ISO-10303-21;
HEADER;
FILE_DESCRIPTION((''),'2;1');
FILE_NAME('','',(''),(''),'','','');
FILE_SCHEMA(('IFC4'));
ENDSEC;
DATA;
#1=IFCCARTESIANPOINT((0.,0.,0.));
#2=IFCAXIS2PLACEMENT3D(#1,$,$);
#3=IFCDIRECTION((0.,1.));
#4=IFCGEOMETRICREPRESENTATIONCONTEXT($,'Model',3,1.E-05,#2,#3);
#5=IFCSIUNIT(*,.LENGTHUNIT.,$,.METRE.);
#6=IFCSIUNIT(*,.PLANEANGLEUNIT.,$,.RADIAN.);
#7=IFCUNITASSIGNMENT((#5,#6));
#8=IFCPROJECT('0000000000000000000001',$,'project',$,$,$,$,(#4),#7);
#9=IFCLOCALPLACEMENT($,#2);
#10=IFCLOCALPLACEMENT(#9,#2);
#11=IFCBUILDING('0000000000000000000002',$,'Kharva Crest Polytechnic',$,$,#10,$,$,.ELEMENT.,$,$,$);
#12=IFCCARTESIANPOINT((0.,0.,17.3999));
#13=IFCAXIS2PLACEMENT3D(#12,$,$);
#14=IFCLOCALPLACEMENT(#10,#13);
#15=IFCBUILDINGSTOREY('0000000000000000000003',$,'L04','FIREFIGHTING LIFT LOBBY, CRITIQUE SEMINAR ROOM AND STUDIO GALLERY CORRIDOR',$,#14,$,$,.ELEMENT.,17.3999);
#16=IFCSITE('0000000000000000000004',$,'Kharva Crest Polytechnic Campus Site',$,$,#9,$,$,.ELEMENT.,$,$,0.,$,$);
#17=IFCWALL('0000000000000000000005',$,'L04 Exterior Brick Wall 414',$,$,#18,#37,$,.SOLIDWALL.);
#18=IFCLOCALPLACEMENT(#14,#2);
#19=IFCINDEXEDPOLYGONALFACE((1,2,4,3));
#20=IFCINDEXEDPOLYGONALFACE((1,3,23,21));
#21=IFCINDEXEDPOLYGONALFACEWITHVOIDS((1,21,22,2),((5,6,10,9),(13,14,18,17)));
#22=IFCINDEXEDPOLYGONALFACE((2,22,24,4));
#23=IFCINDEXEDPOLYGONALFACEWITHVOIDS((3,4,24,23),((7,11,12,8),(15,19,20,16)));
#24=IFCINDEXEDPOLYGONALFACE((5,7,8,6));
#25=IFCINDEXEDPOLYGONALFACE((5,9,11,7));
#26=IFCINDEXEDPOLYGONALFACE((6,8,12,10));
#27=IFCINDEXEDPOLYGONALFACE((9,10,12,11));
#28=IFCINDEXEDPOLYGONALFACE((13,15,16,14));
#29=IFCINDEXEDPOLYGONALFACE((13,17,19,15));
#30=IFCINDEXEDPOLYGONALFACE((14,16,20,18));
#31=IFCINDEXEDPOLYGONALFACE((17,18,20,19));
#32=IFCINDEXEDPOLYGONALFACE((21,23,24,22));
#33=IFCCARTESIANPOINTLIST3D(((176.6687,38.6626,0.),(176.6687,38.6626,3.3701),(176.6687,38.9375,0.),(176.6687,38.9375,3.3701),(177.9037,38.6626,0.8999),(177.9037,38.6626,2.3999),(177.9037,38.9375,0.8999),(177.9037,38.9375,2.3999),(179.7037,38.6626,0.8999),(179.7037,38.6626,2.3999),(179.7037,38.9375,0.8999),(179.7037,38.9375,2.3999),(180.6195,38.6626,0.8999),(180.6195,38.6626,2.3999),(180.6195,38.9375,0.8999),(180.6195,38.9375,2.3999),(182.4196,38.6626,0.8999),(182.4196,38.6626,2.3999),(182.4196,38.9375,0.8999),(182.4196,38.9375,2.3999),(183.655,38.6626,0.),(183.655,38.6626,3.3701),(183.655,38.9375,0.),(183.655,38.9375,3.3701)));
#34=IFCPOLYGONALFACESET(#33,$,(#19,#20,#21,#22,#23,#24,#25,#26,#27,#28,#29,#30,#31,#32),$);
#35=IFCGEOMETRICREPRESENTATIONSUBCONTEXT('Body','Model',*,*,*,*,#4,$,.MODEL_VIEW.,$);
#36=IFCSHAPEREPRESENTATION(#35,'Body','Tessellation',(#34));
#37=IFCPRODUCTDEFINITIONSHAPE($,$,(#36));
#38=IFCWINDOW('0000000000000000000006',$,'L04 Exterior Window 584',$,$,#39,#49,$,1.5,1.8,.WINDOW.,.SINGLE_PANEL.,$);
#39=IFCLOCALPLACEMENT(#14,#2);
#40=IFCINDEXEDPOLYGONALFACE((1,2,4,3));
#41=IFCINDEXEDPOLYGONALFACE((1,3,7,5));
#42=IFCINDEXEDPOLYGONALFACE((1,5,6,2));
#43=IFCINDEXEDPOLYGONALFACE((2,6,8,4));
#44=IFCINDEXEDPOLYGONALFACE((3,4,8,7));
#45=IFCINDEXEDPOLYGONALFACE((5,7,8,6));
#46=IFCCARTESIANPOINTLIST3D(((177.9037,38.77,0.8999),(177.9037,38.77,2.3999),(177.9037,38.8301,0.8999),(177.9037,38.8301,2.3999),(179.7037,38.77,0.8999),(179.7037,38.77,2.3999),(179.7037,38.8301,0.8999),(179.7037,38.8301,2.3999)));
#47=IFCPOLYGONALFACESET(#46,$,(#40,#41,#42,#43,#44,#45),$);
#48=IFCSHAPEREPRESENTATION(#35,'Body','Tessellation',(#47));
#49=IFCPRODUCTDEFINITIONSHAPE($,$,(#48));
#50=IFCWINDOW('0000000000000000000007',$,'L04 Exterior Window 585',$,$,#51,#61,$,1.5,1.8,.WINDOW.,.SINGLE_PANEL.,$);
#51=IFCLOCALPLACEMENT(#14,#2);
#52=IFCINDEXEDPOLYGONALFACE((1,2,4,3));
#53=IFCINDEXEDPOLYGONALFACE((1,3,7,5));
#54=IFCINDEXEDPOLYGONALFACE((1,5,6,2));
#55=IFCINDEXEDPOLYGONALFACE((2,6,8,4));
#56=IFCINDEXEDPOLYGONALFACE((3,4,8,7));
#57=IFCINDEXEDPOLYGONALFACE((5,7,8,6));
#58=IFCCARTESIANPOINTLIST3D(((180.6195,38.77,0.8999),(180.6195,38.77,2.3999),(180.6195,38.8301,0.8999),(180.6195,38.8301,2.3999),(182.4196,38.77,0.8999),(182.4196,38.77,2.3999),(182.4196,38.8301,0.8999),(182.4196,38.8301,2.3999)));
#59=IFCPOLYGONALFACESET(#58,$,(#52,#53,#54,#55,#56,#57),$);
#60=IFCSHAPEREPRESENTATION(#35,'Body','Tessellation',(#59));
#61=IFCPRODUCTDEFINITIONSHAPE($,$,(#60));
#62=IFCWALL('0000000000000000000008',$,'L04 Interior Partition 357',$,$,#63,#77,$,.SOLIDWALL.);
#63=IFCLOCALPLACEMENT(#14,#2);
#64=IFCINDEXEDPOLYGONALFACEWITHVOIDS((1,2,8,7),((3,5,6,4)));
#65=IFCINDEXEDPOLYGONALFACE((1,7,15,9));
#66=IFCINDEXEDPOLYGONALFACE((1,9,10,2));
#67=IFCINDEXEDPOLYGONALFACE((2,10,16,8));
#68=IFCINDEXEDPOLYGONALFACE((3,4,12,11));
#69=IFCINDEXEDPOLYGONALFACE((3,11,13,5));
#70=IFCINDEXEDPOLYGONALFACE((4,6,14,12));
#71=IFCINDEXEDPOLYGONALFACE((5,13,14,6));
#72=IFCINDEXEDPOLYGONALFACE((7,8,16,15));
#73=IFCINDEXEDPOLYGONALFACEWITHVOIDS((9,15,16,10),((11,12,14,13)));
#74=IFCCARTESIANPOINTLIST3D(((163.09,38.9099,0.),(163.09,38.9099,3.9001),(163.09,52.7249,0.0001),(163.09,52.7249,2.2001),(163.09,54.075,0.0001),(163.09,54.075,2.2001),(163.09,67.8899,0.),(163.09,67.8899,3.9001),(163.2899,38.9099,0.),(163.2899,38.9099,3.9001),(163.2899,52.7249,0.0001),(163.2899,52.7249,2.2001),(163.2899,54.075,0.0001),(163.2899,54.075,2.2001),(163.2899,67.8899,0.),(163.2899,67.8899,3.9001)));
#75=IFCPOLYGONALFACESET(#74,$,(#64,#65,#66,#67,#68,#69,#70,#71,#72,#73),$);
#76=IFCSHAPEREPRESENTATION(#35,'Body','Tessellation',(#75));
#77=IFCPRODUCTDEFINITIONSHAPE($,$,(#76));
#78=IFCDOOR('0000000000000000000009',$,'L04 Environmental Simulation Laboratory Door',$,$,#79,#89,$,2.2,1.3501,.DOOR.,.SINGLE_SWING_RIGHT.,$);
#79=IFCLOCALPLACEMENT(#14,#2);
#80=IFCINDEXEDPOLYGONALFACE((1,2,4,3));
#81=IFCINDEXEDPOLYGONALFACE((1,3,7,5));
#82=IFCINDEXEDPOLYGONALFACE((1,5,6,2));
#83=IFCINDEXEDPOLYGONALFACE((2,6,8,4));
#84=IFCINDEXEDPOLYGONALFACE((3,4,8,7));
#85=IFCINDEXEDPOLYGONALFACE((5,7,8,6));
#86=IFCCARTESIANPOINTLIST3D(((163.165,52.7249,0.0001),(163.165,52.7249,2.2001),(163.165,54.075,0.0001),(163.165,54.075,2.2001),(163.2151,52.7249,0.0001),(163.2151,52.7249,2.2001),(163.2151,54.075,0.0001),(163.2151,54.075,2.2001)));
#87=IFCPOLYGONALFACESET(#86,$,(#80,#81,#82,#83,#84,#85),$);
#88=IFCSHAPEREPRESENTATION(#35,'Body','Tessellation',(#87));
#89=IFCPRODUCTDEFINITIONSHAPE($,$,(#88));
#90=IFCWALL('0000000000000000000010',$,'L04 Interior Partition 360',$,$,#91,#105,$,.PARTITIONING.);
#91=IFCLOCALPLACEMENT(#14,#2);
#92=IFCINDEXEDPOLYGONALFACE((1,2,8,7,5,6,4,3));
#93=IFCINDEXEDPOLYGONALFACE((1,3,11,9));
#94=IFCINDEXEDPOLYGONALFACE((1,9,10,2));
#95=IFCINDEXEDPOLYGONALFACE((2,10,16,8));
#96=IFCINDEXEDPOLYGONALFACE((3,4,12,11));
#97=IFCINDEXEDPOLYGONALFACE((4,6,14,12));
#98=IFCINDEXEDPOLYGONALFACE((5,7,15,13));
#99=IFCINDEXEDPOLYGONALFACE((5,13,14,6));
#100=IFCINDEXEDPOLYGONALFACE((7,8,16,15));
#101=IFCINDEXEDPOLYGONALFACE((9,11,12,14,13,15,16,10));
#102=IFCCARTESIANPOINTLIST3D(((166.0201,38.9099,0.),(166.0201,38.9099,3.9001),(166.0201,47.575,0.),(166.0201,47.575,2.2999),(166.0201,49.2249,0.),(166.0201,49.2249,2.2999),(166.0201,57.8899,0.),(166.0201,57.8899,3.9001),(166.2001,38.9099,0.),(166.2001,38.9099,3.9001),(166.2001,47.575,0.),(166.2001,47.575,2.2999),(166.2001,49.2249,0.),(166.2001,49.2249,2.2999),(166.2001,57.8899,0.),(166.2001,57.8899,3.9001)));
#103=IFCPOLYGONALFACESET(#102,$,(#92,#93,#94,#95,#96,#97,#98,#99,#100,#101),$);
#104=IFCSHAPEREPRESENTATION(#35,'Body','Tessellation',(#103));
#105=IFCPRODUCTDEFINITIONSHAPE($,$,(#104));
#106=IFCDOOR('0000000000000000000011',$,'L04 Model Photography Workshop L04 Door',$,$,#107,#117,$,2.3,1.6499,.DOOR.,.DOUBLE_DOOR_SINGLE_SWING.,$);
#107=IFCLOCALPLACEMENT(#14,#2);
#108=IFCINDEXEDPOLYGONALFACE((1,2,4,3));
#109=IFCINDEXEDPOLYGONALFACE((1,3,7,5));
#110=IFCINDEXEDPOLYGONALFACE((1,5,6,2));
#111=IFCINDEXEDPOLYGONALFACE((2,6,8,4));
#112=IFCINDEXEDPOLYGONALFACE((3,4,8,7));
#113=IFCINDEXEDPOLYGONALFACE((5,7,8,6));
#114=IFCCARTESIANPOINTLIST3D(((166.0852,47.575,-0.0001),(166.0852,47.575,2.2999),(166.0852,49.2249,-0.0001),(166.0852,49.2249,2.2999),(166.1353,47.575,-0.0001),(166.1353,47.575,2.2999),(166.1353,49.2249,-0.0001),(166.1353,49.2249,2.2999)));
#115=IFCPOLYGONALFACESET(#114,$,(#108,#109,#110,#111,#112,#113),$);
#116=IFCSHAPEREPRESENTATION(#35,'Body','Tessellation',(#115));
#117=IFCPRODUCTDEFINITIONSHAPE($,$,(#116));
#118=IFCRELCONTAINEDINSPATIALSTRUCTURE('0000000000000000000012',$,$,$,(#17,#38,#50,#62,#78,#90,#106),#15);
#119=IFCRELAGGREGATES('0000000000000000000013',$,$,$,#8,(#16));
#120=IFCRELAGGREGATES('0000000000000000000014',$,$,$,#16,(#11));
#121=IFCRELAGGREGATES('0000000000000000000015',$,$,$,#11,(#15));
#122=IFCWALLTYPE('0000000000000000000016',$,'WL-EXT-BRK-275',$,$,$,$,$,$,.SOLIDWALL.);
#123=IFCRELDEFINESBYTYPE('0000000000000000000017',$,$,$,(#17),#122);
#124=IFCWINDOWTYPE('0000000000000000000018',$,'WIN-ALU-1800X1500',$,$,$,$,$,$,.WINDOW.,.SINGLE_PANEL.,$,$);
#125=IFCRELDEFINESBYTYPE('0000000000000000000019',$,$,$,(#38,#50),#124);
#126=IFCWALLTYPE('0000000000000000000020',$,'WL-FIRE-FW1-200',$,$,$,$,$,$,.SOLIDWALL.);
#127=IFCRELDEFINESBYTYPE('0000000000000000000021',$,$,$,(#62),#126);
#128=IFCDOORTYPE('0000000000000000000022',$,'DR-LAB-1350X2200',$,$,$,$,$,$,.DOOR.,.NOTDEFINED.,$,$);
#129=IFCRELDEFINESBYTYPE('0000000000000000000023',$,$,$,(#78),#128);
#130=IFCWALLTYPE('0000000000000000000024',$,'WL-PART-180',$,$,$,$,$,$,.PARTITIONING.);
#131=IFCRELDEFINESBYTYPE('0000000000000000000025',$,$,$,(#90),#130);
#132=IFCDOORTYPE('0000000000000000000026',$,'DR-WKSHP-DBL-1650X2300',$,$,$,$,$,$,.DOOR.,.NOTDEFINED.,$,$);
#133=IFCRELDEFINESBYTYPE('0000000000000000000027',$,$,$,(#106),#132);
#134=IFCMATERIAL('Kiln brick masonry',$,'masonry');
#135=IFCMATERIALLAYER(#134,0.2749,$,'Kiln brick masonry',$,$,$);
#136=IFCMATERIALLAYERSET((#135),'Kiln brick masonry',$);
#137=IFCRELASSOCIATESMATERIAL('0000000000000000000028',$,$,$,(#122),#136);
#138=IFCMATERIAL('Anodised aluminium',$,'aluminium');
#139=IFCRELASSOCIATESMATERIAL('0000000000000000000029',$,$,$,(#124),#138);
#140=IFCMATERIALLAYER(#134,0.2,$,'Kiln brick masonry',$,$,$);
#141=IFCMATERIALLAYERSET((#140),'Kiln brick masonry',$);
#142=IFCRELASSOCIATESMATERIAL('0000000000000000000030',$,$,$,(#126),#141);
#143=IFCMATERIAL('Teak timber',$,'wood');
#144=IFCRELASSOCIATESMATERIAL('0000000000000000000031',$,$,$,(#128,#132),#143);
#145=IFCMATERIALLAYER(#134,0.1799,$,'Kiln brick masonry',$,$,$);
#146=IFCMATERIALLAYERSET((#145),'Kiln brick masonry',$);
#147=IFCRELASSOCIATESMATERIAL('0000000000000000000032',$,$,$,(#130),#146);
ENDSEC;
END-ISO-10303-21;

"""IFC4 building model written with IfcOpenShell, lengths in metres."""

from ifc_helpers import new_model, si_unit, direction, frame, frame_2d, origin, place, context, subcontext, project, spatial, rectangle, extrude, material, layer, layer_set, type_object, element, fill, save


model = new_model("IFC4")

# Units and contexts
model_context = context("Model", 3, precision=1e-05, world=origin(), true_north=direction((0.0, 1.0)))
body_context = subcontext(model_context, "Body", "Model", "MODEL_VIEW")
ifc_project = project(units=[si_unit("LENGTHUNIT", "METRE"), si_unit("PLANEANGLEUNIT", "RADIAN")], contexts=[model_context])

# Site, building, storey
site_placement = place(None, origin())
site = spatial("IfcSite", under=ifc_project, at=site_placement, Name="Kharva Crest Polytechnic Campus Site", CompositionType="ELEMENT", RefElevation=0.0)
building_placement = place(site_placement, origin())
building = spatial("IfcBuilding", under=site, at=building_placement, Name="Kharva Crest Polytechnic", CompositionType="ELEMENT")
storey_placement = place(building_placement, frame((0.0, 0.0, 17.3999)))
storey = spatial("IfcBuildingStorey", under=building, at=storey_placement, Name="L04", Description="FIREFIGHTING LIFT LOBBY, CRITIQUE SEMINAR ROOM AND STUDIO GALLERY CORRIDOR", CompositionType="ELEMENT", Elevation=17.3999)

# Wall, openings, windows
ifc_material_1 = material(Name="Kiln brick masonry", Category="masonry")
ifc_material_2 = material(Name="Anodised aluminium", Category="aluminium")
ifc_layer_1 = layer(ifc_material_1, 0.2749, Name="Kiln brick masonry")
ifc_layer_set_1 = layer_set([ifc_layer_1], Name="Kiln brick masonry")
wall_type_1 = type_object("IfcWallType", Name="WL-EXT-BRK-275", PredefinedType="SOLIDWALL", material=ifc_layer_set_1)
wall_1_placement = place(storey_placement, frame((176.6687, 38.8, 0.0), z_axis=(0.0, 0.0, 1.0), x_axis=(1.0, 0.0, 0.0)))
wall_1 = element("IfcWall", 1, at=wall_1_placement, inside=storey, type_object=wall_type_1, Name="L04 Exterior Brick Wall 414", PredefinedType="SOLIDWALL", context=body_context, shape_type="SweptSolid", body=[
    extrude(rectangle(XDim=6.9863, YDim=0.2749, at=frame_2d((3.4932, 0.0))), origin(), (0.0, 0.0, 1.0), 3.3701),
])
opening_1_placement = place(wall_1_placement, frame((1.2351, 0.0, 0.8999)))
opening_1 = element("IfcOpeningElement", 2, at=opening_1_placement, cuts=wall_1, PredefinedType="OPENING", context=body_context, shape_type="SweptSolid", body=[
    extrude(rectangle(XDim=1.8, YDim=1.5, at=frame_2d((0.8999, 0.75))), frame((0.0, 0.1475, 0.0), z_axis=(0.0, -1.0, 0.0), x_axis=(1.0, 0.0, 0.0)), (0.0, 0.0, 1.0), 0.2949),
])
opening_2_placement = place(wall_1_placement, frame((3.9509, 0.0, 0.8999)))
opening_2 = element("IfcOpeningElement", 3, at=opening_2_placement, cuts=wall_1, PredefinedType="OPENING", context=body_context, shape_type="SweptSolid", body=[
    extrude(rectangle(XDim=1.8, YDim=1.5, at=frame_2d((0.8999, 0.75))), frame((0.0, 0.1475, 0.0), z_axis=(0.0, -1.0, 0.0), x_axis=(1.0, 0.0, 0.0)), (0.0, 0.0, 1.0), 0.2949),
])
window_type_1 = type_object("IfcWindowType", Name="WIN-ALU-1800X1500", PartitioningType="SINGLE_PANEL", PredefinedType="WINDOW", material=ifc_material_2)
window_1_placement = place(opening_1_placement, origin())
window_1 = element("IfcWindow", 4, at=window_1_placement, inside=storey, type_object=window_type_1, Name="L04 Exterior Window 584", OverallHeight=1.5, OverallWidth=1.8, PartitioningType="SINGLE_PANEL", PredefinedType="WINDOW", context=body_context, shape_type="SweptSolid", body=[
    extrude(rectangle(XDim=1.8, YDim=1.5, at=frame_2d((0.8999, 0.75))), frame((0.0, 0.03, 0.0), z_axis=(0.0, -1.0, 0.0), x_axis=(1.0, 0.0, 0.0)), (0.0, 0.0, 1.0), 0.0601),
])
fill(opening_1, window_1)
window_2_placement = place(opening_2_placement, origin())
window_2 = element("IfcWindow", 5, at=window_2_placement, inside=storey, type_object=window_type_1, Name="L04 Exterior Window 585", OverallHeight=1.5, OverallWidth=1.8, PartitioningType="SINGLE_PANEL", PredefinedType="WINDOW", context=body_context, shape_type="SweptSolid", body=[
    extrude(rectangle(XDim=1.8, YDim=1.5, at=frame_2d((0.8999, 0.75))), frame((0.0, 0.03, 0.0), z_axis=(0.0, -1.0, 0.0), x_axis=(1.0, 0.0, 0.0)), (0.0, 0.0, 1.0), 0.0601),
])
fill(opening_2, window_2)

# Walls, openings, doors
ifc_layer_2 = layer(ifc_material_1, 0.2, Name="Kiln brick masonry")
ifc_layer_set_2 = layer_set([ifc_layer_2], Name="Kiln brick masonry")
wall_type_2 = type_object("IfcWallType", Name="WL-FIRE-FW1-200", PredefinedType="SOLIDWALL", material=ifc_layer_set_2)
wall_2_placement = place(storey_placement, frame((163.1899, 38.9099, 0.0), z_axis=(0.0, 0.0, 1.0), x_axis=(0.0, 1.0, 0.0)))
wall_2 = element("IfcWall", 6, at=wall_2_placement, inside=storey, type_object=wall_type_2, Name="L04 Interior Partition 357", PredefinedType="SOLIDWALL", context=body_context, shape_type="SweptSolid", body=[
    extrude(rectangle(XDim=28.98, YDim=0.2, at=frame_2d((14.49, 0.0))), origin(), (0.0, 0.0, 1.0), 3.9001),
])
opening_3_placement = place(wall_2_placement, frame((13.8149, 0.0, 0.0)))
opening_3 = element("IfcOpeningElement", 7, at=opening_3_placement, cuts=wall_2, PredefinedType="OPENING", context=body_context, shape_type="SweptSolid", body=[
    extrude(rectangle(XDim=1.3501, YDim=2.2, at=frame_2d((0.675, 1.1001))), frame((0.0, 0.1099, 0.0), z_axis=(0.0, -1.0, 0.0), x_axis=(1.0, 0.0, 0.0)), (0.0, 0.0, 1.0), 0.22),
])
ifc_material_3 = material(Name="Teak timber", Category="wood")
door_type_1 = type_object("IfcDoorType", Name="DR-LAB-1350X2200", OperationType="NOTDEFINED", PredefinedType="DOOR", material=ifc_material_3)
door_1_placement = place(opening_3_placement, origin())
door_1 = element("IfcDoor", 8, at=door_1_placement, inside=storey, type_object=door_type_1, Name="L04 Environmental Simulation Laboratory Door", OperationType="SINGLE_SWING_RIGHT", OverallHeight=2.2, OverallWidth=1.3501, PredefinedType="DOOR", context=body_context, shape_type="SweptSolid", body=[
    extrude(rectangle(XDim=1.3501, YDim=2.2, at=frame_2d((0.675, 1.1001))), frame((0.0, 0.0249, 0.0), z_axis=(0.0, -1.0, 0.0), x_axis=(1.0, 0.0, 0.0)), (0.0, 0.0, 1.0), 0.05),
])
fill(opening_3, door_1)
ifc_layer_3 = layer(ifc_material_1, 0.1799, Name="Kiln brick masonry")
ifc_layer_set_3 = layer_set([ifc_layer_3], Name="Kiln brick masonry")
wall_type_3 = type_object("IfcWallType", Name="WL-PART-180", PredefinedType="PARTITIONING", material=ifc_layer_set_3)
wall_3_placement = place(storey_placement, frame((166.1101, 38.9099, 0.0), z_axis=(0.0, 0.0, 1.0), x_axis=(0.0, 1.0, 0.0)))
wall_3 = element("IfcWall", 9, at=wall_3_placement, inside=storey, type_object=wall_type_3, Name="L04 Interior Partition 360", PredefinedType="PARTITIONING", context=body_context, shape_type="SweptSolid", body=[
    extrude(rectangle(XDim=18.98, YDim=0.1799, at=frame_2d((9.49, 0.0))), origin(), (0.0, 0.0, 1.0), 3.9001),
])
opening_4_placement = place(wall_3_placement, frame((8.665, 0.0, 0.0)))
opening_4 = element("IfcOpeningElement", 10, at=opening_4_placement, cuts=wall_3, PredefinedType="OPENING", context=body_context, shape_type="SweptSolid", body=[
    extrude(rectangle(XDim=1.6499, YDim=2.3, at=frame_2d((0.825, 1.1499))), frame((0.0, 0.0999, 0.0), z_axis=(0.0, -1.0, 0.0), x_axis=(1.0, 0.0, 0.0)), (0.0, 0.0, 1.0), 0.2),
])
door_type_2 = type_object("IfcDoorType", Name="DR-WKSHP-DBL-1650X2300", OperationType="NOTDEFINED", PredefinedType="DOOR", material=ifc_material_3)
door_2_placement = place(opening_4_placement, origin())
door_2 = element("IfcDoor", 11, at=door_2_placement, inside=storey, type_object=door_type_2, Name="L04 Model Photography Workshop L04 Door", OperationType="DOUBLE_DOOR_SINGLE_SWING", OverallHeight=2.3, OverallWidth=1.6499, PredefinedType="DOOR", context=body_context, shape_type="SweptSolid", body=[
    extrude(rectangle(XDim=1.6499, YDim=2.3, at=frame_2d((0.825, 1.1499))), frame((0.0, 0.0249, 0.0), z_axis=(0.0, -1.0, 0.0), x_axis=(1.0, 0.0, 0.0)), (0.0, 0.0, 1.0), 0.05),
])
fill(opening_4, door_2)

save(model, "model.ifc")
